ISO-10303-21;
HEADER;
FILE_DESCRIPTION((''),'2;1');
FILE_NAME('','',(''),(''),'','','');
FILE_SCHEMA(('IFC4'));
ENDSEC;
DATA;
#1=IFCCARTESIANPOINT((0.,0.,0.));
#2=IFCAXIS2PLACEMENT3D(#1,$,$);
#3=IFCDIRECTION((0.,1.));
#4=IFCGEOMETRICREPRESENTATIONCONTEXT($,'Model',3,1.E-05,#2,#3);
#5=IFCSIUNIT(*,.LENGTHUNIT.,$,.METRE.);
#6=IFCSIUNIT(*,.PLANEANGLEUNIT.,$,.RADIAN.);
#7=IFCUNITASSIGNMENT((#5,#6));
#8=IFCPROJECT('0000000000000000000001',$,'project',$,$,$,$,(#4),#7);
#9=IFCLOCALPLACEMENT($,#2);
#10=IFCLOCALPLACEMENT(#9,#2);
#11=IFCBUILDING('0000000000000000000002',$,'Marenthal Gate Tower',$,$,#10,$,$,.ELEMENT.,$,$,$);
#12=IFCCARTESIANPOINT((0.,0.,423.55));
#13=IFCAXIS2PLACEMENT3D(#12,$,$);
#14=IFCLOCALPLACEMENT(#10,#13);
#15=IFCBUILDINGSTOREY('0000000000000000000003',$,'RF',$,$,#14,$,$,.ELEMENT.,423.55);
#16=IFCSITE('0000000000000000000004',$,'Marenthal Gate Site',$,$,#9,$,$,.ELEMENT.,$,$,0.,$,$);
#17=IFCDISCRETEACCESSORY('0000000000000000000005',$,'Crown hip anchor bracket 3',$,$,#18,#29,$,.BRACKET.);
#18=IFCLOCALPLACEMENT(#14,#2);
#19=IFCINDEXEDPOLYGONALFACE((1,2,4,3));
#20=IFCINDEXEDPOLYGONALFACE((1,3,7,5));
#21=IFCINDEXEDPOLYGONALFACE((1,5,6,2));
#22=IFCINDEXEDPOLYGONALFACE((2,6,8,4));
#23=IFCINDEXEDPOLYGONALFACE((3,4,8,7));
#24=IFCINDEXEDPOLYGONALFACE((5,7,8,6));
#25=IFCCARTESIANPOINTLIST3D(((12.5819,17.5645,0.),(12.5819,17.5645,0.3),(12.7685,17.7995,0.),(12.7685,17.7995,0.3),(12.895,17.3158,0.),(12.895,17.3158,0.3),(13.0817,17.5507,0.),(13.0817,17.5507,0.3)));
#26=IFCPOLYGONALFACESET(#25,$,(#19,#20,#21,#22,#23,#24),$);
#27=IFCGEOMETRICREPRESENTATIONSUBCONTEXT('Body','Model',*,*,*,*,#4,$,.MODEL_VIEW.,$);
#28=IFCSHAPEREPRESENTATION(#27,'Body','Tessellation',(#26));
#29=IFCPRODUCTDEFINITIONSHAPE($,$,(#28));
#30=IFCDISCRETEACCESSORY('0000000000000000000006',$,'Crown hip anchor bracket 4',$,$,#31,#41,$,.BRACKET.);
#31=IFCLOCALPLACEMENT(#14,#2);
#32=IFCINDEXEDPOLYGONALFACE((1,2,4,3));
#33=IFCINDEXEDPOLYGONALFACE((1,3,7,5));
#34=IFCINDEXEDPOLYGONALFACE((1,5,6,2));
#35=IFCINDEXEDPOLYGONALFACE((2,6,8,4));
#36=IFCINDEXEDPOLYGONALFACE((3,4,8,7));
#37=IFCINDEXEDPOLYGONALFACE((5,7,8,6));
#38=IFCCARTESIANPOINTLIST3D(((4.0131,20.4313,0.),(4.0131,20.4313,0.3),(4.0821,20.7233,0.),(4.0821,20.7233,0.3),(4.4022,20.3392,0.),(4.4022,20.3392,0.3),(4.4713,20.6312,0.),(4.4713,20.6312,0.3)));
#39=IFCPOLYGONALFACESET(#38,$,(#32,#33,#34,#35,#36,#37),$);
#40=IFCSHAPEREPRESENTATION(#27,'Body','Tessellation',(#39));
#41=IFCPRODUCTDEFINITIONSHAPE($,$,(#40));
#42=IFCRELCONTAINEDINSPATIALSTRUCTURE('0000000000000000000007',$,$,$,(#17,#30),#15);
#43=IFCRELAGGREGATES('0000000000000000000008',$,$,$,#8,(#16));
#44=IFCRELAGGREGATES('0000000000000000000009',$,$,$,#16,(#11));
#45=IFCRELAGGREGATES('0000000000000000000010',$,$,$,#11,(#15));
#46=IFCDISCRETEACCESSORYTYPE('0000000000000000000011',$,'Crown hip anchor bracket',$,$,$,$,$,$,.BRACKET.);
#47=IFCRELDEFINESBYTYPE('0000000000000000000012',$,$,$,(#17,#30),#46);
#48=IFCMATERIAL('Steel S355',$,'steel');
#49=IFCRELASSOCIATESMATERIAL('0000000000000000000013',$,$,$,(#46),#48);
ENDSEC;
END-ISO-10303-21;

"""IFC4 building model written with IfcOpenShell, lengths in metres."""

from ifc_helpers import new_model, si_unit, direction, frame, origin, origin_2d, place, context, subcontext, project, spatial, rectangle, extrude, material, type_object, element, save


model = new_model("IFC4")

# Units and contexts
model_context = context("Model", 3, precision=1e-05, world=origin(), true_north=direction((0.0, 1.0)))
body_context = subcontext(model_context, "Body", "Model", "MODEL_VIEW")
ifc_project = project(units=[si_unit("LENGTHUNIT", "METRE"), si_unit("PLANEANGLEUNIT", "RADIAN")], contexts=[model_context])

# Site, building, storey
site_placement = place(None, origin())
site = spatial("IfcSite", under=ifc_project, at=site_placement, Name="Marenthal Gate Site", CompositionType="ELEMENT", RefElevation=0.0)
building_placement = place(site_placement, origin())
building = spatial("IfcBuilding", under=site, at=building_placement, Name="Marenthal Gate Tower", CompositionType="ELEMENT")
storey_placement = place(building_placement, frame((0.0, 0.0, 423.55)))
storey = spatial("IfcBuildingStorey", under=building, at=storey_placement, Name="RF", CompositionType="ELEMENT", Elevation=423.55)

# Discrete accessories
ifc_material_1 = material(Name="Steel S355", Category="steel")
discrete_accessory_type = type_object("IfcDiscreteAccessoryType", Name="Crown hip anchor bracket", PredefinedType="BRACKET", material=ifc_material_1)
for number, where, z_axis, x_axis, name in (
    (1, (12.8318, 17.5576, 0.0), (0.0, 0.0, 1.0), (0.783026, -0.621989, 0.0), "Crown hip anchor bracket 3"),
    (2, (4.2422, 20.5312, 0.0), (0.0, 0.0, 1.0), (0.973161, -0.230123, 0.0), "Crown hip anchor bracket 4"),
):
    element("IfcDiscreteAccessory", number, at=place(storey_placement, frame(where, z_axis=z_axis, x_axis=x_axis)), inside=storey, type_object=discrete_accessory_type, Name=name, PredefinedType="BRACKET", context=body_context, shape_type="SweptSolid", body=[
        extrude(rectangle(XDim=0.3999, YDim=0.3, at=origin_2d()), origin(), (0.0, 0.0, 1.0), 0.3),
    ])

save(model, "model.ifc")
